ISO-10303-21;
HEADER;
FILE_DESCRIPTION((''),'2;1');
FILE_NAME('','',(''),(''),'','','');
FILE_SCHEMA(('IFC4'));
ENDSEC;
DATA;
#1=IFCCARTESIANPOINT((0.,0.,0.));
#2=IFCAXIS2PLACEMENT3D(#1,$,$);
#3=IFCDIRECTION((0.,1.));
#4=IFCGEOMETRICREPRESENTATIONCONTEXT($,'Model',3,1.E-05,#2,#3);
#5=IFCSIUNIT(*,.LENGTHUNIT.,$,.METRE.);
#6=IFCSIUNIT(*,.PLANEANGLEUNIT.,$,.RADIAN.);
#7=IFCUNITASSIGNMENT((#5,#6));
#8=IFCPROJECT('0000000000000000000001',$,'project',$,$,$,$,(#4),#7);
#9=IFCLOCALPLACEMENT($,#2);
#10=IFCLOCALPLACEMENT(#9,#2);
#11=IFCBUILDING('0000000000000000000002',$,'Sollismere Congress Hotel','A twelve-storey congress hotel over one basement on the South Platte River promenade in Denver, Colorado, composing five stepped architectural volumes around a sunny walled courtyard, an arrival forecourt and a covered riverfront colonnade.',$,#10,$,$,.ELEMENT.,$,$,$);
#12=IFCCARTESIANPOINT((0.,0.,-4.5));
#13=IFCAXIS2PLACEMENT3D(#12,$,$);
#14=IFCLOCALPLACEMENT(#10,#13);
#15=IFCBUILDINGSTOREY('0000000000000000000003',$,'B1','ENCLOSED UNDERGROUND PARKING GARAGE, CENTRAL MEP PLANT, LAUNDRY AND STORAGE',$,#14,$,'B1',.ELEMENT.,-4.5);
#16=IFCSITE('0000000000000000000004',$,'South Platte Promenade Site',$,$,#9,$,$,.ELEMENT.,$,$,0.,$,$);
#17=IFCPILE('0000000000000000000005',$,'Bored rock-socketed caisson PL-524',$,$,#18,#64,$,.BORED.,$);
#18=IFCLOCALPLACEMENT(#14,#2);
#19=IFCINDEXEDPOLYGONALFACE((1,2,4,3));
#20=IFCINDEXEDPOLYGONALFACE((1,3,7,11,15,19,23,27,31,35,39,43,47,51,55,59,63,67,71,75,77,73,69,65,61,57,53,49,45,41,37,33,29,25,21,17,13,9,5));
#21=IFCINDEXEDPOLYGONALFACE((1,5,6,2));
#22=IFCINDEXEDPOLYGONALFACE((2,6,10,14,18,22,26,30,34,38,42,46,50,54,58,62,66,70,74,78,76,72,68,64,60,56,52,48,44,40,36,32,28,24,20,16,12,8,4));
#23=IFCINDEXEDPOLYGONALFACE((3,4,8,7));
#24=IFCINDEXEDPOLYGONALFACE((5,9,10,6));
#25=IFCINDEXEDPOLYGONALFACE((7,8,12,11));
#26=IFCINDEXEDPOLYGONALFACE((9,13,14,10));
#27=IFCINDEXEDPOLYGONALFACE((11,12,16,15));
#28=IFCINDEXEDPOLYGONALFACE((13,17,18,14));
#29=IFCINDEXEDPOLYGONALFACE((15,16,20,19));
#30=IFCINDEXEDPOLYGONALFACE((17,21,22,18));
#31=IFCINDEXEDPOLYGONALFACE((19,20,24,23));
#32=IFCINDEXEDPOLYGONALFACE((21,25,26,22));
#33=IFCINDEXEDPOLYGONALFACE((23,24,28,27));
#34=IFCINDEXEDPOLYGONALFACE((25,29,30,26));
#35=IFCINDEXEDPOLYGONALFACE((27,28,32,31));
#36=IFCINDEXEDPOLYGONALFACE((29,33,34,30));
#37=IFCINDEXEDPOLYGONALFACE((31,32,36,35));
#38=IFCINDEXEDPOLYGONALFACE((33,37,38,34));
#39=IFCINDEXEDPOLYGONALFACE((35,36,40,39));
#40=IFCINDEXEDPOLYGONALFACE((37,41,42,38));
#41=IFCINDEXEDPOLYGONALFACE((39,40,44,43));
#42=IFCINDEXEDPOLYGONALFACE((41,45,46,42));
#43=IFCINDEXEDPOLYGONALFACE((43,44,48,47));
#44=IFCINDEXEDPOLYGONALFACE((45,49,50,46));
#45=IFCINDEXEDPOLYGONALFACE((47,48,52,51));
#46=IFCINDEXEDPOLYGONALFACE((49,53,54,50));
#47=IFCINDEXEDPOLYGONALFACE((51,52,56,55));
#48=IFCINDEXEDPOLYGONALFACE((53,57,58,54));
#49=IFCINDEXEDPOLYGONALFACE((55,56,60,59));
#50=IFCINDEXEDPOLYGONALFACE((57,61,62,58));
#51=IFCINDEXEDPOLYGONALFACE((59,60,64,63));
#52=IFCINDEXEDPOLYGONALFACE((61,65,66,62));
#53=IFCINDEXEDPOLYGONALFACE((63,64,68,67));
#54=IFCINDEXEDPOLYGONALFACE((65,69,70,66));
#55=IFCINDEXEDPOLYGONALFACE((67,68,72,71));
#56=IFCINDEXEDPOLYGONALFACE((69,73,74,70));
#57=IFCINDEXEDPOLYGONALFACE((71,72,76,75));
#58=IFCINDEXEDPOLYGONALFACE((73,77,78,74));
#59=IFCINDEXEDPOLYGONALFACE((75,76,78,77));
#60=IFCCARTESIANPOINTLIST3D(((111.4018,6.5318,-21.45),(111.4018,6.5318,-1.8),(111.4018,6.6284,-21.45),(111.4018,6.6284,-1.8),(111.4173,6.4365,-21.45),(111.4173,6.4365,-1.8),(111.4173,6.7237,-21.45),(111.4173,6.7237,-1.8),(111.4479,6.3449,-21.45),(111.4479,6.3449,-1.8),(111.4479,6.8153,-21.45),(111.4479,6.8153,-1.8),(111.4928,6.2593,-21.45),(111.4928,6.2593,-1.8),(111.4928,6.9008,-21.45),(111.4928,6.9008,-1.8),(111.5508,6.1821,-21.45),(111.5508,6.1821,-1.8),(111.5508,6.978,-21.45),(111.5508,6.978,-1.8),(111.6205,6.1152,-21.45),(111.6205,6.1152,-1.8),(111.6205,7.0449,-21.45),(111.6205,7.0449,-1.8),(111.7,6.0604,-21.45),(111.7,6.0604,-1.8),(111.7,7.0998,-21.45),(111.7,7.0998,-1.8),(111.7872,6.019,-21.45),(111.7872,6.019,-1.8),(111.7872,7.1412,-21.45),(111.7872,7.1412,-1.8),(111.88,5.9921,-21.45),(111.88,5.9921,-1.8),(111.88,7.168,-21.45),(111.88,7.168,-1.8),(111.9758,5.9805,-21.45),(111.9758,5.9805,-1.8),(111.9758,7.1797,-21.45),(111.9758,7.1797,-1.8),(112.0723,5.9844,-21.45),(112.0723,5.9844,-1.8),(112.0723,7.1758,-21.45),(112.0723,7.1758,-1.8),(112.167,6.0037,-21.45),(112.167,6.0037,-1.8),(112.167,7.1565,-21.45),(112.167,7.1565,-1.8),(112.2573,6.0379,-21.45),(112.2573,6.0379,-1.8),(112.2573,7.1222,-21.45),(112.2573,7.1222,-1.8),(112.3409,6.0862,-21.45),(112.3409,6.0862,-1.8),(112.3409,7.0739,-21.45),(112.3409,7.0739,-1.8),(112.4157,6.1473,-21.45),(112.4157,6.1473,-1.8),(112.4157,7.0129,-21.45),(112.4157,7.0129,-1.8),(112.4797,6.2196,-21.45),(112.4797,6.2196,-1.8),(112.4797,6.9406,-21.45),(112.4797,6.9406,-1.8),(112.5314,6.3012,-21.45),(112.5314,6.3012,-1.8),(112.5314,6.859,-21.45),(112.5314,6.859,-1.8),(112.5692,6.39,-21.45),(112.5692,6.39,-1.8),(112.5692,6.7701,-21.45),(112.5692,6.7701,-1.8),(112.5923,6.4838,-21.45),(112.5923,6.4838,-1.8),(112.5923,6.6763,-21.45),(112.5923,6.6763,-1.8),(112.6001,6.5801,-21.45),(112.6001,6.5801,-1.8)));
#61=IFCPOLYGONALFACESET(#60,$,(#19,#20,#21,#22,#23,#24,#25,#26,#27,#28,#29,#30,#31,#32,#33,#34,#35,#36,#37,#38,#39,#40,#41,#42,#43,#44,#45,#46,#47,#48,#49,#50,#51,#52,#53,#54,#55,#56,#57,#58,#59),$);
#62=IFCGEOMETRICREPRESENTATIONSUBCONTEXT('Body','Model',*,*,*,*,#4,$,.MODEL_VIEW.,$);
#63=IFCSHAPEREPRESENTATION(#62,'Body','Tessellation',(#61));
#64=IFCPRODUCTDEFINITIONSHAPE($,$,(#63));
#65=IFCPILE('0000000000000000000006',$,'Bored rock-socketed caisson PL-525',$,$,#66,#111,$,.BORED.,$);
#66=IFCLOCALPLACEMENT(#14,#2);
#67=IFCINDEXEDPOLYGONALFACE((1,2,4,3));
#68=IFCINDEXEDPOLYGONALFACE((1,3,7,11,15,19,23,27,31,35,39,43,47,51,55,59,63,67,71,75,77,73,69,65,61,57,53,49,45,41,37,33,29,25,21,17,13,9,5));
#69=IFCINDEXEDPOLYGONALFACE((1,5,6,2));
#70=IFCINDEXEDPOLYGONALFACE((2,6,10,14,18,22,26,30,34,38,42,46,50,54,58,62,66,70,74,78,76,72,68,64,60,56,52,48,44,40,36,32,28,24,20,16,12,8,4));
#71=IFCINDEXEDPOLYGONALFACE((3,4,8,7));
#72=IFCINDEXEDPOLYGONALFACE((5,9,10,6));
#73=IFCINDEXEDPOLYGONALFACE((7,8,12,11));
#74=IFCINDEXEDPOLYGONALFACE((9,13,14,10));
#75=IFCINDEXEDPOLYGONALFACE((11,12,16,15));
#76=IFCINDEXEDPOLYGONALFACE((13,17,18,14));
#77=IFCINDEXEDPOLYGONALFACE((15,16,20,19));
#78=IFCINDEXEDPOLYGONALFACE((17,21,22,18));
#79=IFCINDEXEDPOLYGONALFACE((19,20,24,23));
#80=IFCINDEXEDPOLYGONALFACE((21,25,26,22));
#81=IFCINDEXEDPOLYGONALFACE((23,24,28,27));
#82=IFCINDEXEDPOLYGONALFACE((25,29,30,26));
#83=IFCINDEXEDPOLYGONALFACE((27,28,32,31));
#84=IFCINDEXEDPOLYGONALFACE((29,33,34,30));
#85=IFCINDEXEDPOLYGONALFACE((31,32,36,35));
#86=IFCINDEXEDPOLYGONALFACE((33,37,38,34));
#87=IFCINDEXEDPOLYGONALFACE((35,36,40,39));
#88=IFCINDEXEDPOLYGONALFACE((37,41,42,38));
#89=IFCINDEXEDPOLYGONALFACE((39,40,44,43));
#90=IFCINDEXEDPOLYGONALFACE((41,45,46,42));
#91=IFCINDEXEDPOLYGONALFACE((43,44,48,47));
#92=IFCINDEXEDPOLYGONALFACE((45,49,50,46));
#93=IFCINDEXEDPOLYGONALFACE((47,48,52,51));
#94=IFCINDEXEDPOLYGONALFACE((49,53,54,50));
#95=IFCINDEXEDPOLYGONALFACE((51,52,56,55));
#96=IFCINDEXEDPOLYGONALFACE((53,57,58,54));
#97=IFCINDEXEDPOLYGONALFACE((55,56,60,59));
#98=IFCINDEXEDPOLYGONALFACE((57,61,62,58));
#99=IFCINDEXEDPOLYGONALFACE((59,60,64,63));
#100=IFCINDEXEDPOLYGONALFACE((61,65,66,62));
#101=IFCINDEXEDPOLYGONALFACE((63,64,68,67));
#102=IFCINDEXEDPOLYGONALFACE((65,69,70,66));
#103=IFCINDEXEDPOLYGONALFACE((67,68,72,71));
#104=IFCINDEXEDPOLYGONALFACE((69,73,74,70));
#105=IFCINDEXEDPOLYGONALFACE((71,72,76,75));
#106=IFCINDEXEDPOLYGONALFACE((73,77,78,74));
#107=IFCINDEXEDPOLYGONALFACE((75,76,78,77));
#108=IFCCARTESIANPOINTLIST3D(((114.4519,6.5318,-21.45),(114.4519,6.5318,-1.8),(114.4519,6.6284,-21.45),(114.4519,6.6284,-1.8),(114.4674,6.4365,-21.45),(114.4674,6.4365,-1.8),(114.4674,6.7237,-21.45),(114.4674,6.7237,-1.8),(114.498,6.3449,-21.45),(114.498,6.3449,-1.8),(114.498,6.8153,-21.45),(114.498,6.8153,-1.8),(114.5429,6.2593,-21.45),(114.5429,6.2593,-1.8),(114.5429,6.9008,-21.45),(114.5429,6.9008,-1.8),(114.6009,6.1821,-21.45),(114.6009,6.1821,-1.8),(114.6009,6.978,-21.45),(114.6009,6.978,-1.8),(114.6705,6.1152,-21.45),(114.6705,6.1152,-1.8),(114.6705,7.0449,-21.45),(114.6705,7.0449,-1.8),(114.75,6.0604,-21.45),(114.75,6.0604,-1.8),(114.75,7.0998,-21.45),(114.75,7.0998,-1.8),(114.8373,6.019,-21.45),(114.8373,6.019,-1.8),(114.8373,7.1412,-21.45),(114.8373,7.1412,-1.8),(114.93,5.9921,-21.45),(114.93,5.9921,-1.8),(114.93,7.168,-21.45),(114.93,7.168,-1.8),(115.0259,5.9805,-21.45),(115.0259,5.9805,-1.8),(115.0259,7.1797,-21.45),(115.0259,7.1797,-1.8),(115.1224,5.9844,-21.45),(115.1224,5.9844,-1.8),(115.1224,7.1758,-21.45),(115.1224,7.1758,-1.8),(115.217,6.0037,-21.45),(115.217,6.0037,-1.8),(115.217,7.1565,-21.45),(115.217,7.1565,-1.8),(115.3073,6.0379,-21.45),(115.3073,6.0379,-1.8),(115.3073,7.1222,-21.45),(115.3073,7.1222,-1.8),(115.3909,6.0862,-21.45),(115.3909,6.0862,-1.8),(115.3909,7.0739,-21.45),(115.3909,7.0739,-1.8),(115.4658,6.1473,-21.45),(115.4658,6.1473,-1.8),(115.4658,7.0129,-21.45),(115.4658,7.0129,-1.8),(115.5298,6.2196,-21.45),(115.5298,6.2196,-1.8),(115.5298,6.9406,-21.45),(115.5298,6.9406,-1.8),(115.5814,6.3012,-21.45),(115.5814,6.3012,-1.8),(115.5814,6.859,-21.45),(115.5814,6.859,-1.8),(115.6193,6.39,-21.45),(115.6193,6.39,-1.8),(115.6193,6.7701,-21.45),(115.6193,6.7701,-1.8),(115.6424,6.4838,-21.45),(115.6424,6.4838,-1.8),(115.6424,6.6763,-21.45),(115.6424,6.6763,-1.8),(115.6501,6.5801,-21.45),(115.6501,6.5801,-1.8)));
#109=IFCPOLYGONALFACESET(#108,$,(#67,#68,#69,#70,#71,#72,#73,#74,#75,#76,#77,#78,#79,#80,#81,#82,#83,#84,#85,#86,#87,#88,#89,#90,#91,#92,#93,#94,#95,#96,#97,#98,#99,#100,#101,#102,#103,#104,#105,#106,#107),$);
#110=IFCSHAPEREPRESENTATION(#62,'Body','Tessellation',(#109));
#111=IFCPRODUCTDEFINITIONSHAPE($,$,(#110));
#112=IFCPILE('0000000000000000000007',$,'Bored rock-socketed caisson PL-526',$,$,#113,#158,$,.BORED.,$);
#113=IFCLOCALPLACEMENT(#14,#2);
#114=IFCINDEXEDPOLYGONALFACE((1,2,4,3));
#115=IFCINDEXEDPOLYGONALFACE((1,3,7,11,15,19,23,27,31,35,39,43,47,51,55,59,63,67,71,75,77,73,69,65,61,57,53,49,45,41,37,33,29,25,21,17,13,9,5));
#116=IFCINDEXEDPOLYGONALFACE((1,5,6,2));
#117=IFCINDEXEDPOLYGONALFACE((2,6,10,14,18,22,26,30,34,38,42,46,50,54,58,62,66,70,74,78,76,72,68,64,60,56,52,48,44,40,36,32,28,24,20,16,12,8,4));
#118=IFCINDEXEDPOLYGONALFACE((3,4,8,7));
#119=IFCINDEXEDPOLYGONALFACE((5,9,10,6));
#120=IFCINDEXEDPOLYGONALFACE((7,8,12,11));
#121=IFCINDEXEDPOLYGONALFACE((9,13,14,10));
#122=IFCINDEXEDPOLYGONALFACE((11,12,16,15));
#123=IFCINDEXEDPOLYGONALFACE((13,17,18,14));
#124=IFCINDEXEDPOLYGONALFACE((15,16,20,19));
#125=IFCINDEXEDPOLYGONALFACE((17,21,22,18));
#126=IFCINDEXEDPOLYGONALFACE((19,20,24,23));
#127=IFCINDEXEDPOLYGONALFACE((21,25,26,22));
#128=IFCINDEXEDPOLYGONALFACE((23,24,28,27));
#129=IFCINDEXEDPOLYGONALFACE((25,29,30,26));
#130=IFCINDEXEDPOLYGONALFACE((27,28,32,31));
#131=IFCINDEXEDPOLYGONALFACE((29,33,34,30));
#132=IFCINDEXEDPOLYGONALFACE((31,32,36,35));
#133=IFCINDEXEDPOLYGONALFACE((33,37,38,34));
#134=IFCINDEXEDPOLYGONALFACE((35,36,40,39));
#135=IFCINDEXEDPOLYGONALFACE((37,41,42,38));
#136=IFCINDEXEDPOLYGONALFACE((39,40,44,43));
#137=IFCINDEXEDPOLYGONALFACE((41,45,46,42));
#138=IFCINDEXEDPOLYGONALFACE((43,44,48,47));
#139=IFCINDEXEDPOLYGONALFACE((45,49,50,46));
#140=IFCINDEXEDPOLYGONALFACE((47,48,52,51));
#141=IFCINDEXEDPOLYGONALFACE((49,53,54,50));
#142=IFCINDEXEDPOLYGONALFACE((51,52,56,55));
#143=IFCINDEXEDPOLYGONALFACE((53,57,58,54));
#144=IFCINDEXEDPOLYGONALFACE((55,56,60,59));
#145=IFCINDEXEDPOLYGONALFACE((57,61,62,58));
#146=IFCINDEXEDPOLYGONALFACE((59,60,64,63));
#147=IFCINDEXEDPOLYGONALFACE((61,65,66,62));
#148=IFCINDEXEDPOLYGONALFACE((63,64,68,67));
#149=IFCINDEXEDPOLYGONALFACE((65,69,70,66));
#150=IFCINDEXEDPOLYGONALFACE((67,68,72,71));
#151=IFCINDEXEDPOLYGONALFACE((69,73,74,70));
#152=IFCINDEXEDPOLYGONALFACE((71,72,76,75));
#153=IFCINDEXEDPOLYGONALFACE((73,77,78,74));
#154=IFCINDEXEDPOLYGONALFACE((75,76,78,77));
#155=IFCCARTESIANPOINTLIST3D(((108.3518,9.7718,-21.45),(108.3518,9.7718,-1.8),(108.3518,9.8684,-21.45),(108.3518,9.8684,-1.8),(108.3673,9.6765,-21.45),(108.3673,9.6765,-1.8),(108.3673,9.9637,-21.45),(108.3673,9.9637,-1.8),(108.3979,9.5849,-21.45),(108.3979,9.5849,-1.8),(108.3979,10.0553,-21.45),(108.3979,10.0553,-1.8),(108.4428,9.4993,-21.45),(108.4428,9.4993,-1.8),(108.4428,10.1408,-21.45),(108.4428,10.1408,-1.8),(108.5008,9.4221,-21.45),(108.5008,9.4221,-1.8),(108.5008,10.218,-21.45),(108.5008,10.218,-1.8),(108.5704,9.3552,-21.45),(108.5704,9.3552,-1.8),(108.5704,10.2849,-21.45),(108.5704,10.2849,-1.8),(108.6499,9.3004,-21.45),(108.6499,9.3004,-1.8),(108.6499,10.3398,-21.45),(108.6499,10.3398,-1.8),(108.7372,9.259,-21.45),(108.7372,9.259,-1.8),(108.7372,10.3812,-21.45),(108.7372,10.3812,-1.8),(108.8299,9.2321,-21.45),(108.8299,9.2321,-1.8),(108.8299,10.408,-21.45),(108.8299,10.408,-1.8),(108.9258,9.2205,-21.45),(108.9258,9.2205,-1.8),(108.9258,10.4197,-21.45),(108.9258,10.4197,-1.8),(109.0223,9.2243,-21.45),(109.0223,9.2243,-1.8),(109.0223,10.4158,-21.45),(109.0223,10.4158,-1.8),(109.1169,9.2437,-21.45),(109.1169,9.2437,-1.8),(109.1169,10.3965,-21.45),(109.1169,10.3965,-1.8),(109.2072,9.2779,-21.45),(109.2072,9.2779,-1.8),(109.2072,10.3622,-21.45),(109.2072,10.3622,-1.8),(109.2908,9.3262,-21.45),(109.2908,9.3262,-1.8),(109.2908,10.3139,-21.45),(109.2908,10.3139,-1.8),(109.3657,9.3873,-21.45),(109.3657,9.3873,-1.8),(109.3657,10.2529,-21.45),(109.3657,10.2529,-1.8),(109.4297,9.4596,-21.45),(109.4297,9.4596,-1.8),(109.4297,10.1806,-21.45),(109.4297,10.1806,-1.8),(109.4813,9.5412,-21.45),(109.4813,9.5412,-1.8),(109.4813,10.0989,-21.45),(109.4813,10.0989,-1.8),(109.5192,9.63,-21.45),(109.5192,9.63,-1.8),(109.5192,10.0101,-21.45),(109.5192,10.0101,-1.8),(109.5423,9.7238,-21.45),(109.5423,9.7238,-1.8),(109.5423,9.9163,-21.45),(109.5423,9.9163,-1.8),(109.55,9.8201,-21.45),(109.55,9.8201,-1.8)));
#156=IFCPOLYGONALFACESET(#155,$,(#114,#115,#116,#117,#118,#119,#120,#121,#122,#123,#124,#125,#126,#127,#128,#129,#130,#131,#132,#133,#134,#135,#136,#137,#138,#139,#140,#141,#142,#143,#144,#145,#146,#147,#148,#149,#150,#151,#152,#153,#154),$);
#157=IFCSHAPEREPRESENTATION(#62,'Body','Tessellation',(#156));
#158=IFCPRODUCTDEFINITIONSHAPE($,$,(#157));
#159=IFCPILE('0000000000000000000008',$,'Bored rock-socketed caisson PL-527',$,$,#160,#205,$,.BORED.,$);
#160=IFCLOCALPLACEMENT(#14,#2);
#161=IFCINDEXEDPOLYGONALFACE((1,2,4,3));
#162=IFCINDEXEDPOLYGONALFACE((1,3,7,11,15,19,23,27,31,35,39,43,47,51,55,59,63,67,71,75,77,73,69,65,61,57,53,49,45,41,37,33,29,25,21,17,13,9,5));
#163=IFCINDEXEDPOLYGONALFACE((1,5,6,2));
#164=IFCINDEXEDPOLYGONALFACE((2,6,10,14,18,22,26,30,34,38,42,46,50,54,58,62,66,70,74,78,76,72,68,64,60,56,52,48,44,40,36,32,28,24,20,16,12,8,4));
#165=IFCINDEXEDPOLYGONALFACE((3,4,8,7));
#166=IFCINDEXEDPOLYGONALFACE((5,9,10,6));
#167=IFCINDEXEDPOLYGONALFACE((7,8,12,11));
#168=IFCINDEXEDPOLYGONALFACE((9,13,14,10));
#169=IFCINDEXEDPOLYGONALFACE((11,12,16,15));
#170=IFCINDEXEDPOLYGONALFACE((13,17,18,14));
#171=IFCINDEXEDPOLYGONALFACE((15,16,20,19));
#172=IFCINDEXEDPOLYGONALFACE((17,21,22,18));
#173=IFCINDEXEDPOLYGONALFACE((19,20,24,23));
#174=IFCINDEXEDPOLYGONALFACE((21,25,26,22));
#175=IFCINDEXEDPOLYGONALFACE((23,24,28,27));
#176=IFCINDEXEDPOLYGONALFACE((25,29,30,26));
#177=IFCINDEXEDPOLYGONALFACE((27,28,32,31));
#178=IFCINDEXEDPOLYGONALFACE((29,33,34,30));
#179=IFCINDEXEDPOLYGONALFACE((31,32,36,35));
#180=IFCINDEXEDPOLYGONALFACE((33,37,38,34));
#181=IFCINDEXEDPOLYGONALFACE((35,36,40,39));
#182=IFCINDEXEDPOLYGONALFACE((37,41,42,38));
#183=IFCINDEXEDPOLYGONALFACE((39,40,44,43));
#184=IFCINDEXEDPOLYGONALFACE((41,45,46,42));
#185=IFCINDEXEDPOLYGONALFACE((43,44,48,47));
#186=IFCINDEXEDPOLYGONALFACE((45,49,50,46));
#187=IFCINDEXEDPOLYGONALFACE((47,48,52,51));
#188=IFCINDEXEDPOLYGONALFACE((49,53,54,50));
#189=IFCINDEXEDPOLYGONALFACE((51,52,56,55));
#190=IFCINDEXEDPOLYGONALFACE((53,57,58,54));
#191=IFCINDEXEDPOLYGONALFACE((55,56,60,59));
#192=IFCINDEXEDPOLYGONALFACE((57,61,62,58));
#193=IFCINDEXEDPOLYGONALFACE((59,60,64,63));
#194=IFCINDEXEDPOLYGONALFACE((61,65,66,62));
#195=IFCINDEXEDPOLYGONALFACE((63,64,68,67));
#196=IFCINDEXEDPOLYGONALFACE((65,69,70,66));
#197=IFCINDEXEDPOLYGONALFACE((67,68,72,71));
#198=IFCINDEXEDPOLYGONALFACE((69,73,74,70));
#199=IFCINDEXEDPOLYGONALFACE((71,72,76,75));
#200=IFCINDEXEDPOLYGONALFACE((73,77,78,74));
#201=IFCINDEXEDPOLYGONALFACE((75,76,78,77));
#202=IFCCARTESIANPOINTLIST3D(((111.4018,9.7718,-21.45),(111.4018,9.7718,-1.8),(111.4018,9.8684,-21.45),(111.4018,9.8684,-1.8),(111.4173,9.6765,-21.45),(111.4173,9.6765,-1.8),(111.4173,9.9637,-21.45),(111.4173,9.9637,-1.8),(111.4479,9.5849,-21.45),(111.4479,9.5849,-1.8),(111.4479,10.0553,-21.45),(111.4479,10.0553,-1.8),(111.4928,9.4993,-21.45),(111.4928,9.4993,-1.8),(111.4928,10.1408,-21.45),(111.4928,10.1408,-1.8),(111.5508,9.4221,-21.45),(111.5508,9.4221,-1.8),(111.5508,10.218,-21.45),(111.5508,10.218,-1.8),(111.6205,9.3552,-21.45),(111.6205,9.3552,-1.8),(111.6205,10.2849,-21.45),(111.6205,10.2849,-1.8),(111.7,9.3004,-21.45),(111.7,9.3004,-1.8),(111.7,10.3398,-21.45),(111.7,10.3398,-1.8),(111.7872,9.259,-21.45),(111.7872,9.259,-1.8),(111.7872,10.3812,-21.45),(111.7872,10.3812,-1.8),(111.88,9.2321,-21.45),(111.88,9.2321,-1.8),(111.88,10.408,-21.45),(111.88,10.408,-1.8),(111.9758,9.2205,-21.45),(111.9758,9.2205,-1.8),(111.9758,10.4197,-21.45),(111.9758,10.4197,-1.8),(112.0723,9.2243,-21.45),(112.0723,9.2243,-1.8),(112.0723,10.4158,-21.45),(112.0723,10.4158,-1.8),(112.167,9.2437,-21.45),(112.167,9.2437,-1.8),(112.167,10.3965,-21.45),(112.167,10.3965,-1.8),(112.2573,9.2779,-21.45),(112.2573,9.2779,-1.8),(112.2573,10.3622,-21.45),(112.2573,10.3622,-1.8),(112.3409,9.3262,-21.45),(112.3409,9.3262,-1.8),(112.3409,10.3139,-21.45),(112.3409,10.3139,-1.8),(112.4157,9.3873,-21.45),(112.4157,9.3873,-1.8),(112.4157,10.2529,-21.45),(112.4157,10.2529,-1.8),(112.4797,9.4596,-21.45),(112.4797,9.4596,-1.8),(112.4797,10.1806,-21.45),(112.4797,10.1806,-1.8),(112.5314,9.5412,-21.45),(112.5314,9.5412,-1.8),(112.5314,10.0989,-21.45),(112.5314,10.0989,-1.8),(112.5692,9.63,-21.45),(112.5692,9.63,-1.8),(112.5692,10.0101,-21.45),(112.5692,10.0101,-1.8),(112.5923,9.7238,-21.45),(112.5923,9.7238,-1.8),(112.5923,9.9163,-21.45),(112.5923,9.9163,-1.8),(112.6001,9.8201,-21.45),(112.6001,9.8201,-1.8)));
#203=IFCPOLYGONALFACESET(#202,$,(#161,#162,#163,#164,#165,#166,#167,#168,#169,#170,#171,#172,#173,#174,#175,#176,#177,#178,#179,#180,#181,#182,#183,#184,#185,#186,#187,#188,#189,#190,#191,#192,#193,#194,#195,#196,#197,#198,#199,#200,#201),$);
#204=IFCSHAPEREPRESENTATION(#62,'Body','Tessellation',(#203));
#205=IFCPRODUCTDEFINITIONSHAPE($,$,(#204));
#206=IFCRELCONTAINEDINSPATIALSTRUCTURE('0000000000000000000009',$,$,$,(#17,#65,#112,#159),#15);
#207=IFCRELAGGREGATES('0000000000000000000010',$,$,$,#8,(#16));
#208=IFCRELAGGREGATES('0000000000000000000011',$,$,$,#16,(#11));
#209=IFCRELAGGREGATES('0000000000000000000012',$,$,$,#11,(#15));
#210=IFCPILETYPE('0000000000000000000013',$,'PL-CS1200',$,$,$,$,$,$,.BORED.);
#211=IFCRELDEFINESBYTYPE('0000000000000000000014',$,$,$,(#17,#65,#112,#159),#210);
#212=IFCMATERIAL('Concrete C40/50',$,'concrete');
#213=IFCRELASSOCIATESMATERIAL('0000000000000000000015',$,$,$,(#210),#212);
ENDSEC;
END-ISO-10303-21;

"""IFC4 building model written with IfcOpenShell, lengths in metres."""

from ifc_helpers import new_model, si_unit, direction, frame, origin, origin_2d, place, context, subcontext, project, spatial, circle, extrude, material, material_profile, profile_set, type_object, element, save


model = new_model("IFC4")

# Units and contexts
model_context = context("Model", 3, precision=1e-05, world=origin(), true_north=direction((0.0, 1.0)))
body_context = subcontext(model_context, "Body", "Model", "MODEL_VIEW")
ifc_project = project(units=[si_unit("LENGTHUNIT", "METRE"), si_unit("PLANEANGLEUNIT", "RADIAN")], contexts=[model_context])

# Site, building, storey
site_placement = place(None, origin())
site = spatial("IfcSite", under=ifc_project, at=site_placement, Name="South Platte Promenade Site", CompositionType="ELEMENT", RefElevation=0.0)
building_placement = place(site_placement, origin())
building = spatial("IfcBuilding", under=site, at=building_placement, Name="Sollismere Congress Hotel", Description="A twelve-storey congress hotel over one basement on the South Platte River promenade in Denver, Colorado, composing five stepped architectural volumes around a sunny walled courtyard, an arrival forecourt and a covered riverfront colonnade.", CompositionType="ELEMENT")
storey_placement = place(building_placement, frame((0.0, 0.0, -4.5)))
storey = spatial("IfcBuildingStorey", under=building, at=storey_placement, Name="B1", Description="ENCLOSED UNDERGROUND PARKING GARAGE, CENTRAL MEP PLANT, LAUNDRY AND STORAGE", LongName="B1", CompositionType="ELEMENT", Elevation=-4.5)

# Shared definitions
ifc_material_1 = material(Name="Concrete C40/50", Category="concrete")

# Piles
ifc_material_profile_1 = material_profile(ifc_material_1, circle(Radius=0.6001, at=origin_2d()), Name="CAISSON1200")
ifc_profile_set_1 = profile_set([ifc_material_profile_1], Name="Concrete C40/50")
pile_type = type_object("IfcPileType", Name="PL-CS1200", PredefinedType="BORED", material=ifc_profile_set_1)
for number, where, z_axis, x_axis, name in (
    (1, (112.0, 6.5801, -1.8), (0.0, 0.0, -1.0), (1.0, 0.0, 0.0), "Bored rock-socketed caisson PL-524"),
    (2, (115.05, 6.5801, -1.8), (0.0, 0.0, -1.0), (1.0, 0.0, 0.0), "Bored rock-socketed caisson PL-525"),
    (3, (108.95, 9.8201, -1.8), (0.0, 0.0, -1.0), (1.0, 0.0, 0.0), "Bored rock-socketed caisson PL-526"),
    (4, (112.0, 9.8201, -1.8), (0.0, 0.0, -1.0), (1.0, 0.0, 0.0), "Bored rock-socketed caisson PL-527"),
):
    element("IfcPile", number, at=place(storey_placement, frame(where, z_axis=z_axis, x_axis=x_axis)), inside=storey, type_object=pile_type, Name=name, PredefinedType="BORED", context=body_context, shape_type="SweptSolid", body=[
        extrude(circle(Radius=0.6001, at=origin_2d()), origin(), (0.0, 0.0, 1.0), 19.6499),
    ])

save(model, "model.ifc")
